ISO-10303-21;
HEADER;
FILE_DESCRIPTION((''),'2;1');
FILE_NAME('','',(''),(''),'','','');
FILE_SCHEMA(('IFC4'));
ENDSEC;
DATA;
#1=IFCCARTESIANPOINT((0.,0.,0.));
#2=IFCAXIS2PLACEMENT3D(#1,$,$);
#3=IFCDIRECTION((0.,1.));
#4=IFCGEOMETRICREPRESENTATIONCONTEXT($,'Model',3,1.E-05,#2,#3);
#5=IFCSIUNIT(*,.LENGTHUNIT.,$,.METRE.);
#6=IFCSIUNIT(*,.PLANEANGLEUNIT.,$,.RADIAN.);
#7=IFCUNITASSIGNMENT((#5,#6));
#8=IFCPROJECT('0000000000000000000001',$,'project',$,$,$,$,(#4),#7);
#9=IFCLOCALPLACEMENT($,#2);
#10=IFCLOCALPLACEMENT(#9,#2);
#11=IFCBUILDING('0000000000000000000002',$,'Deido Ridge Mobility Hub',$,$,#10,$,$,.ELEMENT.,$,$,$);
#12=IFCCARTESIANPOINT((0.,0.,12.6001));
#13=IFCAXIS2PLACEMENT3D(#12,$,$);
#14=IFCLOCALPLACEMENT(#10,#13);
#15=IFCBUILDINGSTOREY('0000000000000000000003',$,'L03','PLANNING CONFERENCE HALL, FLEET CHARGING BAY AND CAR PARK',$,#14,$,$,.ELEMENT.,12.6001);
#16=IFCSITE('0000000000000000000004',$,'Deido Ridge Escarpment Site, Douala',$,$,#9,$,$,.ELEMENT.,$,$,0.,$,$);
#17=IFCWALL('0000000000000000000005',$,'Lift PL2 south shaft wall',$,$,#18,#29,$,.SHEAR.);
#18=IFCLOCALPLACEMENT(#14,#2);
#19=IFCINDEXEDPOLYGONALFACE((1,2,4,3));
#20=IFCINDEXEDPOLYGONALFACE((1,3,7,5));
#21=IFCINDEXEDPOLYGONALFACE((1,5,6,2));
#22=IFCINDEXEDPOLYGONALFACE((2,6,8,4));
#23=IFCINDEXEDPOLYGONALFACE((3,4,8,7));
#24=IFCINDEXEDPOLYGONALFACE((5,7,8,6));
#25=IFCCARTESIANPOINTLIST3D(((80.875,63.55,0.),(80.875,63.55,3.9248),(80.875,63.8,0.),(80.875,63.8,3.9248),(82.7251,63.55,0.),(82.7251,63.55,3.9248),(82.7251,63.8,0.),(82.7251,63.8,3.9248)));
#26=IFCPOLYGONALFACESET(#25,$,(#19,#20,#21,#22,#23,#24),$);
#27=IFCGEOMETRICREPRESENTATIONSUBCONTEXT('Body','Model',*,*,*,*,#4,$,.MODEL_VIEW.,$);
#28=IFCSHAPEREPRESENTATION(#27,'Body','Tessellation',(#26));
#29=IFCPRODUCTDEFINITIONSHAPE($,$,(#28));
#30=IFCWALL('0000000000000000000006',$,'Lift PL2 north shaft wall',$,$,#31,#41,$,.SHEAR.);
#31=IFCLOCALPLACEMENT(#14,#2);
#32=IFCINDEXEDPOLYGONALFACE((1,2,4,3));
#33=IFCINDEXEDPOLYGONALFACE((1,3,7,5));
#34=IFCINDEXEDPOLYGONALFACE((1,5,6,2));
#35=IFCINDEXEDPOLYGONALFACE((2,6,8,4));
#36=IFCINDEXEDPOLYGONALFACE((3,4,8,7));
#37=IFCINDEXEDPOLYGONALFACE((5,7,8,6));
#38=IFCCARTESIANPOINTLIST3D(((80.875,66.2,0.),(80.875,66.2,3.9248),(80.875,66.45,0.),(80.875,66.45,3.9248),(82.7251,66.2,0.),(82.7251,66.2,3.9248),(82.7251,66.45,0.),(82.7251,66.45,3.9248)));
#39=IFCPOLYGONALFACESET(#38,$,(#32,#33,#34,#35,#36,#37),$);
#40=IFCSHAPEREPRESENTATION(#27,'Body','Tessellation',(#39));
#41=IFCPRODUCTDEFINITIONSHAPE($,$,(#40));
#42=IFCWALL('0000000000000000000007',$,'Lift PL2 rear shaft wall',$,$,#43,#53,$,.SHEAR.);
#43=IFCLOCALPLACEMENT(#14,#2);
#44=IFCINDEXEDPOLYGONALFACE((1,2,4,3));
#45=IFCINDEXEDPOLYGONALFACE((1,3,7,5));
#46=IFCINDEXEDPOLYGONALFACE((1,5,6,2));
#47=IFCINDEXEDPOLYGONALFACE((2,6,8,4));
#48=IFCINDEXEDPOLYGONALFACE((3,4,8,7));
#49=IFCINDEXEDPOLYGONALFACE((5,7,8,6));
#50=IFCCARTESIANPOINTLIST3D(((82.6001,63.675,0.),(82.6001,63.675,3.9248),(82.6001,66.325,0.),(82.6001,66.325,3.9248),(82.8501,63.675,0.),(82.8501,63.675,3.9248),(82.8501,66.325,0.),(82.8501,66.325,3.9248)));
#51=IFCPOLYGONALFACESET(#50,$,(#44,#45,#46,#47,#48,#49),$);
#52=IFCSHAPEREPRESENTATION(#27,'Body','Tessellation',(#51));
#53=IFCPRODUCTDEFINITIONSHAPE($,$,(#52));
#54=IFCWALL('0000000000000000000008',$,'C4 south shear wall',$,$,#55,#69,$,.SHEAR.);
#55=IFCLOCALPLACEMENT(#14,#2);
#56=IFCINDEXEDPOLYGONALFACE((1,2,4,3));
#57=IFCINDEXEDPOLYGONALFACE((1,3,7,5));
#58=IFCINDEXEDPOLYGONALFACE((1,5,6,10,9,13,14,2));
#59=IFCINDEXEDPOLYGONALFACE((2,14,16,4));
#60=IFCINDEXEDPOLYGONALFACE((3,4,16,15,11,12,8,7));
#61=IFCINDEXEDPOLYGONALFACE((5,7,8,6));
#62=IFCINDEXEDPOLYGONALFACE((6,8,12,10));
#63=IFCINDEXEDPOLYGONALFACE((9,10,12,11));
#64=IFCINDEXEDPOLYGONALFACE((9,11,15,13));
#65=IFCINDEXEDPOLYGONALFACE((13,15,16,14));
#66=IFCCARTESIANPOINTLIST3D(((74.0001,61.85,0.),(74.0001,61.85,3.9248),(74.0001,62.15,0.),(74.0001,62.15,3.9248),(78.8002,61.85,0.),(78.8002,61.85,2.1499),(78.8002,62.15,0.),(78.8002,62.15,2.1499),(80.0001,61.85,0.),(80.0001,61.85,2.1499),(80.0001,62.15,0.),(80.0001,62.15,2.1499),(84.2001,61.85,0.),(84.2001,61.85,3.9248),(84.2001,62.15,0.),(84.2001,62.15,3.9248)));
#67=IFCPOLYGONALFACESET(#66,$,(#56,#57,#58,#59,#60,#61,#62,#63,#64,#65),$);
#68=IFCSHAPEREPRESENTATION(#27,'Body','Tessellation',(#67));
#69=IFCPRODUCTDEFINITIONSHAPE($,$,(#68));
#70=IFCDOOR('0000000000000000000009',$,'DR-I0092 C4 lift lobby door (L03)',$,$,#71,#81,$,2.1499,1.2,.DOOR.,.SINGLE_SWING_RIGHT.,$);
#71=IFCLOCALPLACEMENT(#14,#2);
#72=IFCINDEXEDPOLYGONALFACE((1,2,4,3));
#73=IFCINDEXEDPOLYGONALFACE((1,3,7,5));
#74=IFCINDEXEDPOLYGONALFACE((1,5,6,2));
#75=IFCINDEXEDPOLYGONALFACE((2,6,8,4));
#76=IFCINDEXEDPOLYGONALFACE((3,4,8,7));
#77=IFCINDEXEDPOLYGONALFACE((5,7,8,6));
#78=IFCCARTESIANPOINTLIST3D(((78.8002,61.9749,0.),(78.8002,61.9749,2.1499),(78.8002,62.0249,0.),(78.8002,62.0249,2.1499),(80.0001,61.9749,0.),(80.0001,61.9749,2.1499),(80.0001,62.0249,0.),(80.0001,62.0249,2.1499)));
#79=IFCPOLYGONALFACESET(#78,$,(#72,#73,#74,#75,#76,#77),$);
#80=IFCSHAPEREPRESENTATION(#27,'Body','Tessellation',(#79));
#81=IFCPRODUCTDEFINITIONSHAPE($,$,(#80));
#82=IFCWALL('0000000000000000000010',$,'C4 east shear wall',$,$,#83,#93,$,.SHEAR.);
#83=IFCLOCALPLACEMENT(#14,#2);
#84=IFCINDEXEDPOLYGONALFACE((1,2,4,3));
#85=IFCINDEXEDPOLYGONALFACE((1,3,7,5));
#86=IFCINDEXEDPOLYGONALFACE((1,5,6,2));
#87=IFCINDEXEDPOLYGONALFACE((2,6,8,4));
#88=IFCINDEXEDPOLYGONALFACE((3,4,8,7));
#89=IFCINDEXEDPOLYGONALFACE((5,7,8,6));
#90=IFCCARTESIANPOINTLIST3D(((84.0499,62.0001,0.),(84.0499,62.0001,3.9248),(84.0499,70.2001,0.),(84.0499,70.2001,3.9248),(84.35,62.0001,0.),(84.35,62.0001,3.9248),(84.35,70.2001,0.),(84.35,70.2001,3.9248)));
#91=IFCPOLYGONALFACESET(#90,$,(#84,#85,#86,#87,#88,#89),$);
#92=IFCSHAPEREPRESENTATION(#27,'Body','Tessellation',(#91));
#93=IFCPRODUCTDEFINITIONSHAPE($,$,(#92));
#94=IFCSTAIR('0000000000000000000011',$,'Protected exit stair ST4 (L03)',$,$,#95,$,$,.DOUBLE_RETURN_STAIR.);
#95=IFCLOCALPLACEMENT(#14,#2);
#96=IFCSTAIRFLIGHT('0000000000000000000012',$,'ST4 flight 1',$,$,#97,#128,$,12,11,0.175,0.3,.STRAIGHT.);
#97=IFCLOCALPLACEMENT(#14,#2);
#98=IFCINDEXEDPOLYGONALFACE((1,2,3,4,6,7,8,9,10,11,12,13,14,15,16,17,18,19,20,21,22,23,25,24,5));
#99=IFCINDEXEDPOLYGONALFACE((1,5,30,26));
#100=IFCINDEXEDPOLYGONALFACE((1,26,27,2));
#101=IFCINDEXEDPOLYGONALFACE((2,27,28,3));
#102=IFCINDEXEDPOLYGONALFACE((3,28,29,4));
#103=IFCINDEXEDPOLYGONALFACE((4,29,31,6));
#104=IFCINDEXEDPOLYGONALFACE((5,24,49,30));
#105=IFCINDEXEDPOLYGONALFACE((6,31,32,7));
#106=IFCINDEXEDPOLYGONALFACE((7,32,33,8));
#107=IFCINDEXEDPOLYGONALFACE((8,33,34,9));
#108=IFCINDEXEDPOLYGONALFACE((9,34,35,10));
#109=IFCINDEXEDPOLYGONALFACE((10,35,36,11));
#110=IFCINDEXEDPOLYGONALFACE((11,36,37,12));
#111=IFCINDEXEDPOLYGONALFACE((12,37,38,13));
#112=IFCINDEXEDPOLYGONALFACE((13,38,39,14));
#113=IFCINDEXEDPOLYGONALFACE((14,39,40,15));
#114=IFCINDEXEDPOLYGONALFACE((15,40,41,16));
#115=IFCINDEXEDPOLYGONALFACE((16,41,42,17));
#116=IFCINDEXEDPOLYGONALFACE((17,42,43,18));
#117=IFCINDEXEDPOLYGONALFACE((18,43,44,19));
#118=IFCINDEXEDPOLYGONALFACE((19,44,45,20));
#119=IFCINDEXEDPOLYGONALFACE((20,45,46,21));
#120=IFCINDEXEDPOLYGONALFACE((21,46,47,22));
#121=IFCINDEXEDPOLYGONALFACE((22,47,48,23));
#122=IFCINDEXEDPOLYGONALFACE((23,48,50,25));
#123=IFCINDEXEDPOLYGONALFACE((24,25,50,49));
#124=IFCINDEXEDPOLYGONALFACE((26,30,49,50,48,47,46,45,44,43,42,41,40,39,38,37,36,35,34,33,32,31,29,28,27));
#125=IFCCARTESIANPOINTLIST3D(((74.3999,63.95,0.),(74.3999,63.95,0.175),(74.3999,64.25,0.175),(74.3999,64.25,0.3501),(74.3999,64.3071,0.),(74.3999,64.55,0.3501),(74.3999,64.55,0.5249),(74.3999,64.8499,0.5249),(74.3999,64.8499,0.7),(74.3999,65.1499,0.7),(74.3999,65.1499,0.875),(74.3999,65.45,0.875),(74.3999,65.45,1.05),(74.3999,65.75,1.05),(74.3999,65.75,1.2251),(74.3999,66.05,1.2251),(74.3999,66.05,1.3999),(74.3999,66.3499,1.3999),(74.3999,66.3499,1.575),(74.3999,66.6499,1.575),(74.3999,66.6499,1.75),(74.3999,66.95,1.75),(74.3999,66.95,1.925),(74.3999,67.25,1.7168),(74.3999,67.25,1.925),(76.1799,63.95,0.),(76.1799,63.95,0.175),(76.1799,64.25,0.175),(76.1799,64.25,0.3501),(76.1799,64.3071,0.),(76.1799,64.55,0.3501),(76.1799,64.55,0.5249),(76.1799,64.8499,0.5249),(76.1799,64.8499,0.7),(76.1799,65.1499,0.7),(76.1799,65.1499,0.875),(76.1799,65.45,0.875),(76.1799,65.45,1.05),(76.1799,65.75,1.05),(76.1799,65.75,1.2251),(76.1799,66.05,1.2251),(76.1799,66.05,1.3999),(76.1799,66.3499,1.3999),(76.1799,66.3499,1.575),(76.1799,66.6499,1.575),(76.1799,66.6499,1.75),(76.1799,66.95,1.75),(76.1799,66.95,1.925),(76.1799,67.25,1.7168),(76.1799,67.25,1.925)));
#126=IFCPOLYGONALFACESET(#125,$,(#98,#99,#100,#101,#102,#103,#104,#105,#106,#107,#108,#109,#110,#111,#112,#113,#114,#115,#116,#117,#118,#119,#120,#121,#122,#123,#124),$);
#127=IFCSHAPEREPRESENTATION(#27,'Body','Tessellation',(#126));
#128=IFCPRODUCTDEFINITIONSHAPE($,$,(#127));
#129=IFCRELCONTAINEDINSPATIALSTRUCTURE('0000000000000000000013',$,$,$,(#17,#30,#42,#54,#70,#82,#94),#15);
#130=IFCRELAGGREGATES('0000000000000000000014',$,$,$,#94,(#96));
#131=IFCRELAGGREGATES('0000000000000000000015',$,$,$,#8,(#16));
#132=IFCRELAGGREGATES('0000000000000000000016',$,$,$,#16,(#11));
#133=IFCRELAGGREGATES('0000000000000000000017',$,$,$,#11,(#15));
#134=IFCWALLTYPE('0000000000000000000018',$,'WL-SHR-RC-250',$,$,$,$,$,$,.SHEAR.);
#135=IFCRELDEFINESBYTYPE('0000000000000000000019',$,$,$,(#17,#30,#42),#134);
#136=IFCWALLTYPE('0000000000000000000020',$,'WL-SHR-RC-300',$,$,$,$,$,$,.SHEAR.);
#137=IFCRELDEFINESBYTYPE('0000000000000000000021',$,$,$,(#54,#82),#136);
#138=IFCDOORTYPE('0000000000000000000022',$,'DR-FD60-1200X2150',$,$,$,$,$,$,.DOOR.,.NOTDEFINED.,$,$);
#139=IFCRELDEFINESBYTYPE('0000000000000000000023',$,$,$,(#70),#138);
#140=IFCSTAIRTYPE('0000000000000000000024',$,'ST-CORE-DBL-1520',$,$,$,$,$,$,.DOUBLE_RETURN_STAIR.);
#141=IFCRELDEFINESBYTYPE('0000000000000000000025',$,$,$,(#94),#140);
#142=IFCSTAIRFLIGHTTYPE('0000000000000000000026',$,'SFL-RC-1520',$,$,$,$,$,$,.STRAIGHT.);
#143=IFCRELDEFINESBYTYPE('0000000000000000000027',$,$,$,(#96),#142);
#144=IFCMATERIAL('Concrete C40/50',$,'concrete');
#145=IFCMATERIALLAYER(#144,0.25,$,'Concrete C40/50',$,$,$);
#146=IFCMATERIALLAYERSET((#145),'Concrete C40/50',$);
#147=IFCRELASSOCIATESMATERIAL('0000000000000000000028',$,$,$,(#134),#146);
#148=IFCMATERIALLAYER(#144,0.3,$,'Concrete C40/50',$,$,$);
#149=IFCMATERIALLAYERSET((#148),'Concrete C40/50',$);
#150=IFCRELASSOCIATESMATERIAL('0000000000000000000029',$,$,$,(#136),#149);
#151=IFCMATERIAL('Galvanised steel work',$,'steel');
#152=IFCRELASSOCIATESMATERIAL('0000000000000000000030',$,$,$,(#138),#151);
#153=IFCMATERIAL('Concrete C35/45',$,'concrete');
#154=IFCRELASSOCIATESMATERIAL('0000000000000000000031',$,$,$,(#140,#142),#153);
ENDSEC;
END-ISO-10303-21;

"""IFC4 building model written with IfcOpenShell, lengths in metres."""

from ifc_helpers import new_model, si_unit, direction, frame, frame_2d, origin, place, context, subcontext, project, spatial, polyline, rectangle, outline, extrude, material, layer, layer_set, type_object, element, fill, aggregate, save


model = new_model("IFC4")

# Units and contexts
model_context = context("Model", 3, precision=1e-05, world=origin(), true_north=direction((0.0, 1.0)))
body_context = subcontext(model_context, "Body", "Model", "MODEL_VIEW")
ifc_project = project(units=[si_unit("LENGTHUNIT", "METRE"), si_unit("PLANEANGLEUNIT", "RADIAN")], contexts=[model_context])

# Site, building, storey
site_placement = place(None, origin())
site = spatial("IfcSite", under=ifc_project, at=site_placement, Name="Deido Ridge Escarpment Site, Douala", CompositionType="ELEMENT", RefElevation=0.0)
building_placement = place(site_placement, origin())
building = spatial("IfcBuilding", under=site, at=building_placement, Name="Deido Ridge Mobility Hub", CompositionType="ELEMENT")
storey_placement = place(building_placement, frame((0.0, 0.0, 12.6001)))
storey = spatial("IfcBuildingStorey", under=building, at=storey_placement, Name="L03", Description="PLANNING CONFERENCE HALL, FLEET CHARGING BAY AND CAR PARK", CompositionType="ELEMENT", Elevation=12.6001)

# Shared definitions
ifc_material_1 = material(Name="Concrete C35/45", Category="concrete")

# Shared definitions
ifc_material_2 = material(Name="Concrete C40/50", Category="concrete")
ifc_layer_1 = layer(ifc_material_2, 0.25, Name="Concrete C40/50")
ifc_layer_set_1 = layer_set([ifc_layer_1], Name="Concrete C40/50")
wall_type_1 = type_object("IfcWallType", Name="WL-SHR-RC-250", PredefinedType="SHEAR", material=ifc_layer_set_1)
ifc_material_3 = material(Name="Galvanised steel work", Category="steel")

# Walls
for number, where, z_axis, x_axis, name in (
    (1, (80.875, 63.675, 0.0), (0.0, 0.0, 1.0), (1.0, 0.0, 0.0), "Lift PL2 south shaft wall"),
    (2, (80.875, 66.325, 0.0), (0.0, 0.0, 1.0), (1.0, 0.0, 0.0), "Lift PL2 north shaft wall"),
):
    element("IfcWall", number, at=place(storey_placement, frame(where, z_axis=z_axis, x_axis=x_axis)), inside=storey, type_object=wall_type_1, Name=name, PredefinedType="SHEAR", context=body_context, shape_type="SweptSolid", body=[
        extrude(rectangle(XDim=1.8501, YDim=0.25, at=frame_2d((0.925, 0.0))), origin(), (0.0, 0.0, 1.0), 3.9248),
    ])
wall_1_placement = place(storey_placement, frame((82.7251, 63.675, 0.0), z_axis=(0.0, 0.0, 1.0), x_axis=(0.0, 1.0, 0.0)))
element("IfcWall", 3, at=wall_1_placement, inside=storey, type_object=wall_type_1, Name="Lift PL2 rear shaft wall", PredefinedType="SHEAR", context=body_context, shape_type="SweptSolid", body=[
    extrude(rectangle(XDim=2.6499, YDim=0.25, at=frame_2d((1.325, 0.0))), origin(), (0.0, 0.0, 1.0), 3.9248),
])

# Wall, opening, door
ifc_layer_2 = layer(ifc_material_2, 0.3, Name="Concrete C40/50")
ifc_layer_set_2 = layer_set([ifc_layer_2], Name="Concrete C40/50")
wall_type_2 = type_object("IfcWallType", Name="WL-SHR-RC-300", PredefinedType="SHEAR", material=ifc_layer_set_2)
wall_2_placement = place(storey_placement, frame((74.0, 62.0, 0.0), z_axis=(0.0, 0.0, 1.0), x_axis=(1.0, 0.0, 0.0)))
wall_2 = element("IfcWall", 4, at=wall_2_placement, inside=storey, type_object=wall_type_2, Name="C4 south shear wall", PredefinedType="SHEAR", context=body_context, shape_type="SweptSolid", body=[
    extrude(rectangle(XDim=10.2, YDim=0.3, at=frame_2d((5.1001, 0.0))), origin(), (0.0, 0.0, 1.0), 3.9248),
])
opening_1_placement = place(wall_2_placement, frame((4.8, 0.0, 0.0)))
opening_1 = element("IfcOpeningElement", 5, at=opening_1_placement, cuts=wall_2, PredefinedType="OPENING", context=body_context, shape_type="SweptSolid", body=[
    extrude(rectangle(XDim=1.2, YDim=2.1499, at=frame_2d((0.6001, 1.075))), frame((0.0, 0.1602, 0.0), z_axis=(0.0, -1.0, 0.0), x_axis=(1.0, 0.0, 0.0)), (0.0, 0.0, 1.0), 0.3201),
])
door_type_1 = type_object("IfcDoorType", Name="DR-FD60-1200X2150", OperationType="NOTDEFINED", PredefinedType="DOOR", material=ifc_material_3)
door_1_placement = place(opening_1_placement, origin())
door_1 = element("IfcDoor", 6, at=door_1_placement, inside=storey, type_object=door_type_1, Name="DR-I0092 C4 lift lobby door (L03)", OperationType="SINGLE_SWING_RIGHT", OverallHeight=2.1499, OverallWidth=1.2, PredefinedType="DOOR", context=body_context, shape_type="SweptSolid", body=[
    extrude(rectangle(XDim=1.2, YDim=2.1499, at=frame_2d((0.6001, 1.075))), frame((0.0, 0.0249, 0.0), z_axis=(0.0, -1.0, 0.0), x_axis=(1.0, 0.0, 0.0)), (0.0, 0.0, 1.0), 0.05),
])
fill(opening_1, door_1)

# Wall
wall_3_placement = place(storey_placement, frame((84.2, 62.0, 0.0), z_axis=(0.0, 0.0, 1.0), x_axis=(0.0, 1.0, 0.0)))
element("IfcWall", 7, at=wall_3_placement, inside=storey, type_object=wall_type_2, Name="C4 east shear wall", PredefinedType="SHEAR", context=body_context, shape_type="SweptSolid", body=[
    extrude(rectangle(XDim=8.2, YDim=0.3, at=frame_2d((4.1001, 0.0))), origin(), (0.0, 0.0, 1.0), 3.9248),
])

# Stair, stair flight
stair_type = type_object("IfcStairType", Name="ST-CORE-DBL-1520", PredefinedType="DOUBLE_RETURN_STAIR", material=ifc_material_1)
stair_placement = place(storey_placement, origin())
stair = element("IfcStair", 8, at=stair_placement, inside=storey, type_object=stair_type, Name="Protected exit stair ST4 (L03)", PredefinedType="DOUBLE_RETURN_STAIR")
stair_flight_type = type_object("IfcStairFlightType", Name="SFL-RC-1520", PredefinedType="STRAIGHT", material=ifc_material_1)
stair_flight_placement = place(storey_placement, frame((75.29, 63.95, 0.0), z_axis=(0.0, 0.0, 1.0), x_axis=(0.0, 1.0, 0.0)))
stair_flight = element("IfcStairFlight", 9, at=stair_flight_placement, type_object=stair_flight_type, Name="ST4 flight 1", NumberOfRisers=12, NumberOfTreads=11, PredefinedType="STRAIGHT", RiserHeight=0.175, TreadLength=0.3, context=body_context, shape_type="SweptSolid", body=[
    extrude(outline(polyline([(0.0, 0.0), (0.0, 0.175), (0.3, 0.175), (0.3, 0.3501), (0.6001, 0.3501), (0.6001, 0.5249), (0.8999, 0.5249), (0.8999, 0.7), (1.2, 0.7), (1.2, 0.875), (1.5, 0.875), (1.5, 1.05), (1.8, 1.05), (1.8, 1.2251), (2.1001, 1.2251), (2.1001, 1.3999), (2.3999, 1.3999), (2.3999, 1.575), (2.7, 1.575), (2.7, 1.75), (3.0, 1.75), (3.0, 1.925), (3.3, 1.925), (3.3, 2.1001), (3.3, 1.7168), (0.3572, 0.0), (0.0, 0.0)])), frame((0.0, 0.8901, 0.0), z_axis=(0.0, -1.0, 0.0), x_axis=(1.0, 0.0, 0.0)), (0.0, 0.0, 1.0), 1.78),
])
aggregate(stair, [stair_flight])

save(model, "model.ifc")
